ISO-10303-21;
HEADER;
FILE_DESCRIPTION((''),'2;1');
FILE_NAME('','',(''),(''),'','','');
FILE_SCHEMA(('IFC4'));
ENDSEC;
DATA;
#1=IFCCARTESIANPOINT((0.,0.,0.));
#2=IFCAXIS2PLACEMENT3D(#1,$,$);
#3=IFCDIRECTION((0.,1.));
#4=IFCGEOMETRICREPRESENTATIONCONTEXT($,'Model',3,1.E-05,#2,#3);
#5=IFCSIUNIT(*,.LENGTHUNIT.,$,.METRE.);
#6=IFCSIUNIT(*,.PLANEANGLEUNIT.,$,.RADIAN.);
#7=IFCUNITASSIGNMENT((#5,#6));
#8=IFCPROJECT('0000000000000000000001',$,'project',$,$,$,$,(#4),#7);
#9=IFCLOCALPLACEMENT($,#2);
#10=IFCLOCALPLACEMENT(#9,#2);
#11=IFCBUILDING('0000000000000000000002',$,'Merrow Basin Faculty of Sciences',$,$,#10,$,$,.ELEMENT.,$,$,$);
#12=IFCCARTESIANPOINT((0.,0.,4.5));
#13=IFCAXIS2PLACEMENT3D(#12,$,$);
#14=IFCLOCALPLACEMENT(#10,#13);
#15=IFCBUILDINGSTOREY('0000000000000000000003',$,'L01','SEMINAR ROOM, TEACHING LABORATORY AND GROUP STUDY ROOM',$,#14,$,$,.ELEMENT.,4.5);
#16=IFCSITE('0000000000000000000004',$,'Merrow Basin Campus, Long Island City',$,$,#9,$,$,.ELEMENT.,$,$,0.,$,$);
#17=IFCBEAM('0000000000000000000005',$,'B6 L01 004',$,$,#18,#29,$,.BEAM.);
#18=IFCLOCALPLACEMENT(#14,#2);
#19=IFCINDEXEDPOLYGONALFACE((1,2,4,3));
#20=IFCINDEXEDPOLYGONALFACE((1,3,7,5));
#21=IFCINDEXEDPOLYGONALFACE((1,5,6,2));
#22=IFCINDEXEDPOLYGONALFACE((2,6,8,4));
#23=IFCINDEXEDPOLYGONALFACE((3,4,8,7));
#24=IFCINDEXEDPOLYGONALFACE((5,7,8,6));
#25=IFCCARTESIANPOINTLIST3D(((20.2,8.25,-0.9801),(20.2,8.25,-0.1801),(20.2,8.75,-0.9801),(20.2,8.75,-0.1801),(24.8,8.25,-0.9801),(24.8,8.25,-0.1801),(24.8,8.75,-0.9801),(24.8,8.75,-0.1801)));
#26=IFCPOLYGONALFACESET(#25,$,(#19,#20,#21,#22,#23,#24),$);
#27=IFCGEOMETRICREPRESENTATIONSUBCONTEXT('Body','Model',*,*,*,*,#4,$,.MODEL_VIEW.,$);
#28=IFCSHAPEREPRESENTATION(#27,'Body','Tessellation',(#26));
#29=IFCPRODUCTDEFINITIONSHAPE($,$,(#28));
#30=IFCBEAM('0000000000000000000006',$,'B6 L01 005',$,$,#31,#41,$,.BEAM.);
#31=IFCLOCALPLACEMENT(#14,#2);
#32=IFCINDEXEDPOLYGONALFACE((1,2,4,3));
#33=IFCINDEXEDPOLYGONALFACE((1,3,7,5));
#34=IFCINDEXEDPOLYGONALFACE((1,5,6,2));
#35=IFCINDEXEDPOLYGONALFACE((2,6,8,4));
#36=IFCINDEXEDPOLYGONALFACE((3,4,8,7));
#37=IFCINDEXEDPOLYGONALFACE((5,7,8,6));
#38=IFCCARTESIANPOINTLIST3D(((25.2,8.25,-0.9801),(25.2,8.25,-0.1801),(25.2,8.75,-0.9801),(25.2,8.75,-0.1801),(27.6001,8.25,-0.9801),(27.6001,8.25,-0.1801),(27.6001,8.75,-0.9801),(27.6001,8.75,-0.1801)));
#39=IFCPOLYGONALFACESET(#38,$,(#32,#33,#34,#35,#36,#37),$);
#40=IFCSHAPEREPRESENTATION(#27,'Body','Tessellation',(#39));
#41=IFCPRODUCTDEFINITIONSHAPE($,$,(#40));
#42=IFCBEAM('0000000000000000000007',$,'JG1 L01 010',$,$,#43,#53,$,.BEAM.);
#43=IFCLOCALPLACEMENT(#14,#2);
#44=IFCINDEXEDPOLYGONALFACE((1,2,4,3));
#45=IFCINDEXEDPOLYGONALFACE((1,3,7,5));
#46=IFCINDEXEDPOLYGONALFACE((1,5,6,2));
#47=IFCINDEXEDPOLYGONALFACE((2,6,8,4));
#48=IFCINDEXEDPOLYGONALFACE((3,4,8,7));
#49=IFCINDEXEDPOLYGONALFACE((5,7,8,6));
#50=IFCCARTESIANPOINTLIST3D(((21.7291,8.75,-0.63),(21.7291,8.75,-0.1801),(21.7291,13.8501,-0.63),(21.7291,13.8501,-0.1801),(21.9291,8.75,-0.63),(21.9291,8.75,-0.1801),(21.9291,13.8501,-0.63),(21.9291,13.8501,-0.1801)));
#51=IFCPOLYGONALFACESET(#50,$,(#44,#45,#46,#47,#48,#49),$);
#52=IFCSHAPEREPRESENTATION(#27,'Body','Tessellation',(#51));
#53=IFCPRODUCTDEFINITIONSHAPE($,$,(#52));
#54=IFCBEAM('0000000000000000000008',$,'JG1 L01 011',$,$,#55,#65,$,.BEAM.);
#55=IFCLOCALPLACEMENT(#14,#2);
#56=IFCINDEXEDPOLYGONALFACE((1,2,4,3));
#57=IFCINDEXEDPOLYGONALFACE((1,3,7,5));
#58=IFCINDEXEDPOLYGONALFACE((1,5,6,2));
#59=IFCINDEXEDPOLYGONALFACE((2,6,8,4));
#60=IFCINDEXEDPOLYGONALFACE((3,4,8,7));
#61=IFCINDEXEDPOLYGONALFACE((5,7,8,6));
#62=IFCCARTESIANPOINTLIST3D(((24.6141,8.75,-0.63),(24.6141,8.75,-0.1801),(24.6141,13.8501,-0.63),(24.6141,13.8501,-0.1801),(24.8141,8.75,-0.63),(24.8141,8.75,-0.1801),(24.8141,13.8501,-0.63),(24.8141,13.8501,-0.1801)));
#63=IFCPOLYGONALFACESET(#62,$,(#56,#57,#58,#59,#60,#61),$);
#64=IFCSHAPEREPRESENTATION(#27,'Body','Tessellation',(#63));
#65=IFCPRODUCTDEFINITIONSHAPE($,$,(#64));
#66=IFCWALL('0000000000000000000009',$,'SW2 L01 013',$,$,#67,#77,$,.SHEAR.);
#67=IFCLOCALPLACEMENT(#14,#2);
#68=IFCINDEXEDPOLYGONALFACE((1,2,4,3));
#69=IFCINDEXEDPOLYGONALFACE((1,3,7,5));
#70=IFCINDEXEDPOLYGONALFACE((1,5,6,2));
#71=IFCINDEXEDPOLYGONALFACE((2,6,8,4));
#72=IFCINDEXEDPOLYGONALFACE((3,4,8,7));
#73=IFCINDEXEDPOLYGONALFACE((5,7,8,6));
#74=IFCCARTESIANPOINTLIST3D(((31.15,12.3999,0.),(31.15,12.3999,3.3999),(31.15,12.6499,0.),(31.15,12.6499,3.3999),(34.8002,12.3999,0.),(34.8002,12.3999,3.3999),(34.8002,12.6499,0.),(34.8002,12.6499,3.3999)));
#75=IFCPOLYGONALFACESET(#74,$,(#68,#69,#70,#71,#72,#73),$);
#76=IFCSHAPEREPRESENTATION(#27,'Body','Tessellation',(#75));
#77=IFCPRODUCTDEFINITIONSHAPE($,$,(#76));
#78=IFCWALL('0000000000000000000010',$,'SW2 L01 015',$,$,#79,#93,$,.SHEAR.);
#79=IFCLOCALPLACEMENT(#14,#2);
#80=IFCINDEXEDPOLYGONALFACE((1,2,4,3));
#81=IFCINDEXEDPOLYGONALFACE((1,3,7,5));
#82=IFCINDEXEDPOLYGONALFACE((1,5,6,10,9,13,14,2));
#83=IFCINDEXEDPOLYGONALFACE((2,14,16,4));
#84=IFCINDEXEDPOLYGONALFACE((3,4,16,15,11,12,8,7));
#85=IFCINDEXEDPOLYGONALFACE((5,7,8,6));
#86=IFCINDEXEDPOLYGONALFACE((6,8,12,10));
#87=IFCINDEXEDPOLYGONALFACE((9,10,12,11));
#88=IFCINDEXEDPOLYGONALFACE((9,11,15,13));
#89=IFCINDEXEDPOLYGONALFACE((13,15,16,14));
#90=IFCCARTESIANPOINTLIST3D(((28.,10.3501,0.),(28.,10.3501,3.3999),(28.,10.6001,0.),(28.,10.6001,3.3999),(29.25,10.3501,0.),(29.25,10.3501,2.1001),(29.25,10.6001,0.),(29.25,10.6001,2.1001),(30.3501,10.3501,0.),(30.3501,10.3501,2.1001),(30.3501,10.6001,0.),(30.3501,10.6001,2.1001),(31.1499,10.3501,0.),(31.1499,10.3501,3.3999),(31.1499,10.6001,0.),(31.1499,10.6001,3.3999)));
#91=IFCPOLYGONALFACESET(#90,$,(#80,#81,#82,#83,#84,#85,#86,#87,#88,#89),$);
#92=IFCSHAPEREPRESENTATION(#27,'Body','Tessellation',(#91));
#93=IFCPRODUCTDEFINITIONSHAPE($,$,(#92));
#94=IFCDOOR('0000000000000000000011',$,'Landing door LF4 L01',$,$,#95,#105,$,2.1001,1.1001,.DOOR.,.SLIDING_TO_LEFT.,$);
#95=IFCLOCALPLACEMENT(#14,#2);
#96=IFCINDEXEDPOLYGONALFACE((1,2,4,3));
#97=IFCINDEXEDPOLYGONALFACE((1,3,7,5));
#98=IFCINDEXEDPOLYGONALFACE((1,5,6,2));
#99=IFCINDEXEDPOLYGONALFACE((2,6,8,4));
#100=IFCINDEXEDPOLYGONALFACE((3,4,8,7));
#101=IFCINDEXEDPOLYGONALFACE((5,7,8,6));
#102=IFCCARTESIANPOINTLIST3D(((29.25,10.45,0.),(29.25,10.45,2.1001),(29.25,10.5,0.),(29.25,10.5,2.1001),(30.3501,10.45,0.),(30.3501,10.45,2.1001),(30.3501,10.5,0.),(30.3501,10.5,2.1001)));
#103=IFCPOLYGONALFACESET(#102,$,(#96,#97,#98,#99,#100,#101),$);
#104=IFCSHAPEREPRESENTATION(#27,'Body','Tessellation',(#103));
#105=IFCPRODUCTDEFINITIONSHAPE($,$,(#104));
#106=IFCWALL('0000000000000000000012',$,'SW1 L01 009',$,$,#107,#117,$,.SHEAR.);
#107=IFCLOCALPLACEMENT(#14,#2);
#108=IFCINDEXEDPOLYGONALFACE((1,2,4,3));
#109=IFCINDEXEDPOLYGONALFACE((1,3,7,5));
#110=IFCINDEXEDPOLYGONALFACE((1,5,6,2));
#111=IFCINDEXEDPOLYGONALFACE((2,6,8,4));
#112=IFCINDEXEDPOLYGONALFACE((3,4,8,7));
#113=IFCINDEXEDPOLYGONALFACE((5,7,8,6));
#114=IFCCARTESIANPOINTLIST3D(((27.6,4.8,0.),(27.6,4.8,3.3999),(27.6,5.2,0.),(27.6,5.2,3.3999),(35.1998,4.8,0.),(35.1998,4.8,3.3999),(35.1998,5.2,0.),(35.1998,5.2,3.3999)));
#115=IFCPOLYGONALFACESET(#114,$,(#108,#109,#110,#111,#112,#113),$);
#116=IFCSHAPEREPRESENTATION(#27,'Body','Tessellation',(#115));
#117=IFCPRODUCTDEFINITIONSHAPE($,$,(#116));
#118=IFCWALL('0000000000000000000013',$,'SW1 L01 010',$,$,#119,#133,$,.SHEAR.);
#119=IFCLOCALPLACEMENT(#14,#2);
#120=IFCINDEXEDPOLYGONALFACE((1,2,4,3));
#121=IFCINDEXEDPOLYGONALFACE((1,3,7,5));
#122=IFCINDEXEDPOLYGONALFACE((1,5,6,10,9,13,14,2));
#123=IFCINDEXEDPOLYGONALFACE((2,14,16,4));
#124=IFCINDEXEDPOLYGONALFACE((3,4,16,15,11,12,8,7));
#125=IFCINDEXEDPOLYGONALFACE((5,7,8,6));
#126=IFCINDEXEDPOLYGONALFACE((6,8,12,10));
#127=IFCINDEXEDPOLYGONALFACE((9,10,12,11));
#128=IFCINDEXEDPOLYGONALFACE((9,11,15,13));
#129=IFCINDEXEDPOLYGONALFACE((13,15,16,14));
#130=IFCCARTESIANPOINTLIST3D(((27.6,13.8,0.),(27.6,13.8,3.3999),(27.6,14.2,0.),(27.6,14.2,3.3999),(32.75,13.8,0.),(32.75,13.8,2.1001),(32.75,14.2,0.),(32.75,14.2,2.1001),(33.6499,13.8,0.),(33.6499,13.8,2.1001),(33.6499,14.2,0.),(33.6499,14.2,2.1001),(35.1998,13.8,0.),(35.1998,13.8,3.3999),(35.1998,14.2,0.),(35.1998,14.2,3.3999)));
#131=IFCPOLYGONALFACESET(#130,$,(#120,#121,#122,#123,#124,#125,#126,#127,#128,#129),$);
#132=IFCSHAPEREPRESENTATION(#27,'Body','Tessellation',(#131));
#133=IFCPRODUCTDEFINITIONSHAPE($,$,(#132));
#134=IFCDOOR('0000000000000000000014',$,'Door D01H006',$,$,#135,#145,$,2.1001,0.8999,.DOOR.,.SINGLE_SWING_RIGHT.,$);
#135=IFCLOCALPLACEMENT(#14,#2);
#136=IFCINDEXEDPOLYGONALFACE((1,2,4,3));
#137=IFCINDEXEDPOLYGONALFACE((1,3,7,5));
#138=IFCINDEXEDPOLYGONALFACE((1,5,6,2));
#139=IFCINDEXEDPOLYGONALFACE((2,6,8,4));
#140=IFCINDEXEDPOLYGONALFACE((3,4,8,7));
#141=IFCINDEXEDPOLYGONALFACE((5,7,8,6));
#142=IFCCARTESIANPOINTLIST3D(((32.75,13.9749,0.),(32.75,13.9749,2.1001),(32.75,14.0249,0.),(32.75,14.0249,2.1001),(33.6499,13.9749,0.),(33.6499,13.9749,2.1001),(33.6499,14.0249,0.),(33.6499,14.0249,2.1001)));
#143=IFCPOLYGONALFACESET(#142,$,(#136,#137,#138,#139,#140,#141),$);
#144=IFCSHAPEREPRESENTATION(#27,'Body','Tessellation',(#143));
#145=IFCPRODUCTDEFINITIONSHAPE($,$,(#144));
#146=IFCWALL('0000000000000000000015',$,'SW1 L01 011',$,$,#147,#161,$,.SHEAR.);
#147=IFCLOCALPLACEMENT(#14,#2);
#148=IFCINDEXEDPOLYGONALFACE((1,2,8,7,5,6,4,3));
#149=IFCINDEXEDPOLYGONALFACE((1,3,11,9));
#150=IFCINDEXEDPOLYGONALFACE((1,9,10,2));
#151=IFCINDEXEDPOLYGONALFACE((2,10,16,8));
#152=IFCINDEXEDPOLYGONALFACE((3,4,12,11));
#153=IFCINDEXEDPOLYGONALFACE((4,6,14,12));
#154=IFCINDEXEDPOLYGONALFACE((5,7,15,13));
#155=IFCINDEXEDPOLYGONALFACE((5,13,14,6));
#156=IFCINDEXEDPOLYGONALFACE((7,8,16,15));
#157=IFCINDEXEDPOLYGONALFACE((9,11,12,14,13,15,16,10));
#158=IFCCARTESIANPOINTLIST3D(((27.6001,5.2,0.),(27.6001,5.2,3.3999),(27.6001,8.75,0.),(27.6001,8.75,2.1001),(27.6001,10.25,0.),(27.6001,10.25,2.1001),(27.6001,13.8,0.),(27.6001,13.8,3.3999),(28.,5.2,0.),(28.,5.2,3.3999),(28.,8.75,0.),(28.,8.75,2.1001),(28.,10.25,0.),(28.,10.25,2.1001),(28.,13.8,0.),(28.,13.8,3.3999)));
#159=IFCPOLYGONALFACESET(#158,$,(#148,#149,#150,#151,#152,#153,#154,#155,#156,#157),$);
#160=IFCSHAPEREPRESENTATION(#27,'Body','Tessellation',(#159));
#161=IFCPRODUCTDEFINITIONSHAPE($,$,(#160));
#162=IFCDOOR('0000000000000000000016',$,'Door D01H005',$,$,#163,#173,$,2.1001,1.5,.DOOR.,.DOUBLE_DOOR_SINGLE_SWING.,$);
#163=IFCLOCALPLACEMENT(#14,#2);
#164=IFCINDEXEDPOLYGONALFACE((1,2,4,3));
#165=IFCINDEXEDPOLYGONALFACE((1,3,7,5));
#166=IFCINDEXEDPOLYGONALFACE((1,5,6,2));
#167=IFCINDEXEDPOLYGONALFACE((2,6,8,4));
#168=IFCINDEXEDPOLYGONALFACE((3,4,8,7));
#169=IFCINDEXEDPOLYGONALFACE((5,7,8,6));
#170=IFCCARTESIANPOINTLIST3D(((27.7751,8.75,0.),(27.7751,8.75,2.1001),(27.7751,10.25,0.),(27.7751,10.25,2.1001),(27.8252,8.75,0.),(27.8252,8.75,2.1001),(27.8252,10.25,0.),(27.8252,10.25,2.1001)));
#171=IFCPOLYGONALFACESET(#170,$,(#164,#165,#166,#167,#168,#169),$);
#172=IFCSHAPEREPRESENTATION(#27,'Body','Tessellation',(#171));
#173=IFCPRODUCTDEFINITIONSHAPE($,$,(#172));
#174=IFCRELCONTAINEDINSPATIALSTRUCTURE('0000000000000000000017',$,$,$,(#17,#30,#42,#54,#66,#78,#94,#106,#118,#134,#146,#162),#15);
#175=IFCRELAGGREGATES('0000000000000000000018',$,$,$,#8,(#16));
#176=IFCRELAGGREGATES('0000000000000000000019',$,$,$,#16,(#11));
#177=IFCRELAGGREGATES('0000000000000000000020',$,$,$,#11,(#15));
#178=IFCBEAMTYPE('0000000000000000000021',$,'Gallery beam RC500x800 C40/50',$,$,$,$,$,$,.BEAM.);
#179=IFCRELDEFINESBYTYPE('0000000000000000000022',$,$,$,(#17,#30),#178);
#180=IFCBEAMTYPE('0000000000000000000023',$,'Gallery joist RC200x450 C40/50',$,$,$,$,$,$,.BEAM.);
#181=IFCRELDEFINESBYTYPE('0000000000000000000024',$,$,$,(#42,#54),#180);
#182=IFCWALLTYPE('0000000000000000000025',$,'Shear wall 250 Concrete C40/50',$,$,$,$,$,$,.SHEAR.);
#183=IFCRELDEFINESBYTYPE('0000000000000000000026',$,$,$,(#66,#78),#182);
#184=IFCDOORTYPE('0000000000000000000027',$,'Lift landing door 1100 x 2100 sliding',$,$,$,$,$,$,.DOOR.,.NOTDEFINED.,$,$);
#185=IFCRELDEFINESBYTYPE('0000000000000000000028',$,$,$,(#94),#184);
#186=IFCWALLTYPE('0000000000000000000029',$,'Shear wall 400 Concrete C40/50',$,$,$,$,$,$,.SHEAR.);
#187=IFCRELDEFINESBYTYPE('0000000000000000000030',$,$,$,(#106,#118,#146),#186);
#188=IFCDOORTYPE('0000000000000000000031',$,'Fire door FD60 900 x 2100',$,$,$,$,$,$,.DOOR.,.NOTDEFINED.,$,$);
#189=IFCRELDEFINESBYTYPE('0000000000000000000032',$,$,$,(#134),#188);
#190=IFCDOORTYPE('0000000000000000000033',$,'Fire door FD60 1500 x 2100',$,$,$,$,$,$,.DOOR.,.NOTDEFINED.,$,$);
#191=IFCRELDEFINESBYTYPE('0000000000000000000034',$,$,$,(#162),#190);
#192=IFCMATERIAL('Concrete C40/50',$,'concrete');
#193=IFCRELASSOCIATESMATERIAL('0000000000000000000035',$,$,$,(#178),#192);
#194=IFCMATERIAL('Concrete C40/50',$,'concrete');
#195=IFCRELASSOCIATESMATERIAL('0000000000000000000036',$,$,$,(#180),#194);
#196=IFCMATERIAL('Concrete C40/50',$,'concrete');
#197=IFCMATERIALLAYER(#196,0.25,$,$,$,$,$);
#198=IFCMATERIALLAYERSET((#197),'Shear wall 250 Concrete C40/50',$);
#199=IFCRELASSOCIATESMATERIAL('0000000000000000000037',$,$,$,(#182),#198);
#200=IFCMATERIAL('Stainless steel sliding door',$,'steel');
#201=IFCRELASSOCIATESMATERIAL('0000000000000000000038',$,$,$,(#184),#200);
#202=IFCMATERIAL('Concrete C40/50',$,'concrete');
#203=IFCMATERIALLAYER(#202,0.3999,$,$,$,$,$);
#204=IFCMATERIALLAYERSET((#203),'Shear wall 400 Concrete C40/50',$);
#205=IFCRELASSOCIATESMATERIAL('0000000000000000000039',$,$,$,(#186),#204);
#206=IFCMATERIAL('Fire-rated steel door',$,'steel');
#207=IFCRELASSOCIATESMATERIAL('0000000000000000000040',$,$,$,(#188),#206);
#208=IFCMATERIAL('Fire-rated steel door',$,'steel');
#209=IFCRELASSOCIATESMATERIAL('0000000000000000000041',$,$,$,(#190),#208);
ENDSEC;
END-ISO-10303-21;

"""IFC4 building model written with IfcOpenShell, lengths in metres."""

from ifc_helpers import new_model, si_unit, direction, frame, frame_2d, origin, origin_2d, place, context, subcontext, project, spatial, rectangle, extrude, material, layer, layer_set, material_profile, profile_set, type_object, element, fill, save


model = new_model("IFC4")

# Units and contexts
model_context = context("Model", 3, precision=1e-05, world=origin(), true_north=direction((0.0, 1.0)))
body_context = subcontext(model_context, "Body", "Model", "MODEL_VIEW")
ifc_project = project(units=[si_unit("LENGTHUNIT", "METRE"), si_unit("PLANEANGLEUNIT", "RADIAN")], contexts=[model_context])

# Site, building, storey
site_placement = place(None, origin())
site = spatial("IfcSite", under=ifc_project, at=site_placement, Name="Merrow Basin Campus, Long Island City", CompositionType="ELEMENT", RefElevation=0.0)
building_placement = place(site_placement, origin())
building = spatial("IfcBuilding", under=site, at=building_placement, Name="Merrow Basin Faculty of Sciences", CompositionType="ELEMENT")
storey_placement = place(building_placement, frame((0.0, 0.0, 4.5)))
storey = spatial("IfcBuildingStorey", under=building, at=storey_placement, Name="L01", Description="SEMINAR ROOM, TEACHING LABORATORY AND GROUP STUDY ROOM", CompositionType="ELEMENT", Elevation=4.5)

# Beams
ifc_material_1 = material(Name="Concrete C40/50", Category="concrete")
ifc_material_profile_1 = material_profile(ifc_material_1, rectangle(XDim=0.5, YDim=0.8, at=origin_2d()))
ifc_profile_set_1 = profile_set([ifc_material_profile_1], Name="Concrete C40/50")
beam_type_1 = type_object("IfcBeamType", Name="Gallery beam RC500x800 C40/50", PredefinedType="BEAM", material=ifc_profile_set_1)
beam_1_placement = place(storey_placement, frame((20.2, 8.5, -0.5801), z_axis=(1.0, 0.0, 0.0), x_axis=(0.0, 1.0, 0.0)))
element("IfcBeam", 1, at=beam_1_placement, inside=storey, type_object=beam_type_1, Name="B6 L01 004", PredefinedType="BEAM", context=body_context, shape_type="SweptSolid", body=[
    extrude(rectangle(XDim=0.5, YDim=0.8, at=origin_2d()), origin(), (0.0, 0.0, 1.0), 4.6001),
])
beam_2_placement = place(storey_placement, frame((25.2, 8.5, -0.5801), z_axis=(1.0, 0.0, 0.0), x_axis=(0.0, 1.0, 0.0)))
element("IfcBeam", 2, at=beam_2_placement, inside=storey, type_object=beam_type_1, Name="B6 L01 005", PredefinedType="BEAM", context=body_context, shape_type="SweptSolid", body=[
    extrude(rectangle(XDim=0.5, YDim=0.8, at=origin_2d()), origin(), (0.0, 0.0, 1.0), 2.4001),
])
ifc_material_2 = material(Name="Concrete C40/50", Category="concrete")
ifc_material_profile_2 = material_profile(ifc_material_2, rectangle(XDim=0.2, YDim=0.45, at=origin_2d()))
ifc_profile_set_2 = profile_set([ifc_material_profile_2], Name="Concrete C40/50")
beam_type_2 = type_object("IfcBeamType", Name="Gallery joist RC200x450 C40/50", PredefinedType="BEAM", material=ifc_profile_set_2)
for number, where, z_axis, x_axis, name in (
    (3, (21.8291, 8.75, -0.405), (0.0, 1.0, 0.0), (-1.0, 0.0, 0.0), "JG1 L01 010"),
    (4, (24.7141, 8.75, -0.405), (0.0, 1.0, 0.0), (-1.0, 0.0, 0.0), "JG1 L01 011"),
):
    element("IfcBeam", number, at=place(storey_placement, frame(where, z_axis=z_axis, x_axis=x_axis)), inside=storey, type_object=beam_type_2, Name=name, PredefinedType="BEAM", context=body_context, shape_type="SweptSolid", body=[
        extrude(rectangle(XDim=0.2, YDim=0.45, at=origin_2d()), origin(), (0.0, 0.0, 1.0), 5.1001),
    ])

# Wall
ifc_material_3 = material(Name="Concrete C40/50", Category="concrete")
ifc_layer_1 = layer(ifc_material_3, 0.25)
ifc_layer_set_1 = layer_set([ifc_layer_1], Name="Shear wall 250 Concrete C40/50")
wall_type_1 = type_object("IfcWallType", Name="Shear wall 250 Concrete C40/50", PredefinedType="SHEAR", material=ifc_layer_set_1)
wall_1_placement = place(storey_placement, frame((31.1499, 12.5249, 0.0), z_axis=(0.0, 0.0, 1.0), x_axis=(1.0, 0.0, 0.0)))
element("IfcWall", 5, at=wall_1_placement, inside=storey, type_object=wall_type_1, Name="SW2 L01 013", PredefinedType="SHEAR", context=body_context, shape_type="SweptSolid", body=[
    extrude(rectangle(XDim=3.6501, YDim=0.25, at=frame_2d((1.8252, 0.0))), origin(), (0.0, 0.0, 1.0), 3.3999),
])

# Wall, opening, door
wall_2_placement = place(storey_placement, frame((28.0, 10.4751, 0.0), z_axis=(0.0, 0.0, 1.0), x_axis=(1.0, 0.0, 0.0)))
wall_2 = element("IfcWall", 6, at=wall_2_placement, inside=storey, type_object=wall_type_1, Name="SW2 L01 015", PredefinedType="SHEAR", context=body_context, shape_type="SweptSolid", body=[
    extrude(rectangle(XDim=3.1499, YDim=0.25, at=frame_2d((1.575, 0.0))), origin(), (0.0, 0.0, 1.0), 3.3999),
])
opening_1_placement = place(wall_2_placement, frame((1.25, 0.0, 0.0)))
opening_1 = element("IfcOpeningElement", 7, at=opening_1_placement, cuts=wall_2, PredefinedType="OPENING", context=body_context, shape_type="SweptSolid", body=[
    extrude(rectangle(XDim=1.1001, YDim=2.1001, at=frame_2d((0.55, 1.05))), frame((0.0, 0.135, 0.0), z_axis=(0.0, -1.0, 0.0), x_axis=(1.0, 0.0, 0.0)), (0.0, 0.0, 1.0), 0.27),
])
ifc_material_4 = material(Name="Stainless steel sliding door", Category="steel")
door_type_1 = type_object("IfcDoorType", Name="Lift landing door 1100 x 2100 sliding", OperationType="NOTDEFINED", PredefinedType="DOOR", material=ifc_material_4)
door_1_placement = place(opening_1_placement, origin())
door_1 = element("IfcDoor", 8, at=door_1_placement, inside=storey, type_object=door_type_1, Name="Landing door LF4 L01", OperationType="SLIDING_TO_LEFT", OverallHeight=2.1001, OverallWidth=1.1001, PredefinedType="DOOR", context=body_context, shape_type="SweptSolid", body=[
    extrude(rectangle(XDim=1.1001, YDim=2.1001, at=frame_2d((0.55, 1.05))), frame((0.0, 0.0249, 0.0), z_axis=(0.0, -1.0, 0.0), x_axis=(1.0, 0.0, 0.0)), (0.0, 0.0, 1.0), 0.05),
])
fill(opening_1, door_1)

# Wall
ifc_material_5 = material(Name="Concrete C40/50", Category="concrete")
ifc_layer_2 = layer(ifc_material_5, 0.3999)
ifc_layer_set_2 = layer_set([ifc_layer_2], Name="Shear wall 400 Concrete C40/50")
wall_type_2 = type_object("IfcWallType", Name="Shear wall 400 Concrete C40/50", PredefinedType="SHEAR", material=ifc_layer_set_2)
wall_3_placement = place(storey_placement, frame((27.6001, 5.0, 0.0), z_axis=(0.0, 0.0, 1.0), x_axis=(1.0, 0.0, 0.0)))
element("IfcWall", 9, at=wall_3_placement, inside=storey, type_object=wall_type_2, Name="SW1 L01 009", PredefinedType="SHEAR", context=body_context, shape_type="SweptSolid", body=[
    extrude(rectangle(XDim=7.5999, YDim=0.3999, at=frame_2d((3.7998, 0.0))), origin(), (0.0, 0.0, 1.0), 3.3999),
])

# Walls, openings, doors
wall_4_placement = place(storey_placement, frame((27.6001, 14.0, 0.0), z_axis=(0.0, 0.0, 1.0), x_axis=(1.0, 0.0, 0.0)))
wall_4 = element("IfcWall", 10, at=wall_4_placement, inside=storey, type_object=wall_type_2, Name="SW1 L01 010", PredefinedType="SHEAR", context=body_context, shape_type="SweptSolid", body=[
    extrude(rectangle(XDim=7.5999, YDim=0.3999, at=frame_2d((3.7998, 0.0))), origin(), (0.0, 0.0, 1.0), 3.3999),
])
opening_2_placement = place(wall_4_placement, frame((5.1499, 0.0, 0.0)))
opening_2 = element("IfcOpeningElement", 11, at=opening_2_placement, cuts=wall_4, PredefinedType="OPENING", context=body_context, shape_type="SweptSolid", body=[
    extrude(rectangle(XDim=0.8999, YDim=2.1001, at=frame_2d((0.45, 1.05))), frame((0.0, 0.21, 0.0), z_axis=(0.0, -1.0, 0.0), x_axis=(1.0, 0.0, 0.0)), (0.0, 0.0, 1.0), 0.4199),
])
ifc_material_6 = material(Name="Fire-rated steel door", Category="steel")
door_type_2 = type_object("IfcDoorType", Name="Fire door FD60 900 x 2100", OperationType="NOTDEFINED", PredefinedType="DOOR", material=ifc_material_6)
door_2_placement = place(opening_2_placement, origin())
door_2 = element("IfcDoor", 12, at=door_2_placement, inside=storey, type_object=door_type_2, Name="Door D01H006", OperationType="SINGLE_SWING_RIGHT", OverallHeight=2.1001, OverallWidth=0.8999, PredefinedType="DOOR", context=body_context, shape_type="SweptSolid", body=[
    extrude(rectangle(XDim=0.8999, YDim=2.1001, at=frame_2d((0.45, 1.05))), frame((0.0, 0.0249, 0.0), z_axis=(0.0, -1.0, 0.0), x_axis=(1.0, 0.0, 0.0)), (0.0, 0.0, 1.0), 0.05),
])
fill(opening_2, door_2)
wall_5_placement = place(storey_placement, frame((27.8, 5.2, 0.0), z_axis=(0.0, 0.0, 1.0), x_axis=(0.0, 1.0, 0.0)))
wall_5 = element("IfcWall", 13, at=wall_5_placement, inside=storey, type_object=wall_type_2, Name="SW1 L01 011", PredefinedType="SHEAR", context=body_context, shape_type="SweptSolid", body=[
    extrude(rectangle(XDim=8.6001, YDim=0.3999, at=frame_2d((4.3, 0.0))), origin(), (0.0, 0.0, 1.0), 3.3999),
])
opening_3_placement = place(wall_5_placement, frame((3.55, 0.0, 0.0)))
opening_3 = element("IfcOpeningElement", 14, at=opening_3_placement, cuts=wall_5, PredefinedType="OPENING", context=body_context, shape_type="SweptSolid", body=[
    extrude(rectangle(XDim=1.5, YDim=2.1001, at=frame_2d((0.75, 1.05))), frame((0.0, 0.21, 0.0), z_axis=(0.0, -1.0, 0.0), x_axis=(1.0, 0.0, 0.0)), (0.0, 0.0, 1.0), 0.4199),
])
ifc_material_7 = material(Name="Fire-rated steel door", Category="steel")
door_type_3 = type_object("IfcDoorType", Name="Fire door FD60 1500 x 2100", OperationType="NOTDEFINED", PredefinedType="DOOR", material=ifc_material_7)
door_3_placement = place(opening_3_placement, origin())
door_3 = element("IfcDoor", 15, at=door_3_placement, inside=storey, type_object=door_type_3, Name="Door D01H005", OperationType="DOUBLE_DOOR_SINGLE_SWING", OverallHeight=2.1001, OverallWidth=1.5, PredefinedType="DOOR", context=body_context, shape_type="SweptSolid", body=[
    extrude(rectangle(XDim=1.5, YDim=2.1001, at=frame_2d((0.75, 1.05))), frame((0.0, 0.0249, 0.0), z_axis=(0.0, -1.0, 0.0), x_axis=(1.0, 0.0, 0.0)), (0.0, 0.0, 1.0), 0.05),
])
fill(opening_3, door_3)

save(model, "model.ifc")
